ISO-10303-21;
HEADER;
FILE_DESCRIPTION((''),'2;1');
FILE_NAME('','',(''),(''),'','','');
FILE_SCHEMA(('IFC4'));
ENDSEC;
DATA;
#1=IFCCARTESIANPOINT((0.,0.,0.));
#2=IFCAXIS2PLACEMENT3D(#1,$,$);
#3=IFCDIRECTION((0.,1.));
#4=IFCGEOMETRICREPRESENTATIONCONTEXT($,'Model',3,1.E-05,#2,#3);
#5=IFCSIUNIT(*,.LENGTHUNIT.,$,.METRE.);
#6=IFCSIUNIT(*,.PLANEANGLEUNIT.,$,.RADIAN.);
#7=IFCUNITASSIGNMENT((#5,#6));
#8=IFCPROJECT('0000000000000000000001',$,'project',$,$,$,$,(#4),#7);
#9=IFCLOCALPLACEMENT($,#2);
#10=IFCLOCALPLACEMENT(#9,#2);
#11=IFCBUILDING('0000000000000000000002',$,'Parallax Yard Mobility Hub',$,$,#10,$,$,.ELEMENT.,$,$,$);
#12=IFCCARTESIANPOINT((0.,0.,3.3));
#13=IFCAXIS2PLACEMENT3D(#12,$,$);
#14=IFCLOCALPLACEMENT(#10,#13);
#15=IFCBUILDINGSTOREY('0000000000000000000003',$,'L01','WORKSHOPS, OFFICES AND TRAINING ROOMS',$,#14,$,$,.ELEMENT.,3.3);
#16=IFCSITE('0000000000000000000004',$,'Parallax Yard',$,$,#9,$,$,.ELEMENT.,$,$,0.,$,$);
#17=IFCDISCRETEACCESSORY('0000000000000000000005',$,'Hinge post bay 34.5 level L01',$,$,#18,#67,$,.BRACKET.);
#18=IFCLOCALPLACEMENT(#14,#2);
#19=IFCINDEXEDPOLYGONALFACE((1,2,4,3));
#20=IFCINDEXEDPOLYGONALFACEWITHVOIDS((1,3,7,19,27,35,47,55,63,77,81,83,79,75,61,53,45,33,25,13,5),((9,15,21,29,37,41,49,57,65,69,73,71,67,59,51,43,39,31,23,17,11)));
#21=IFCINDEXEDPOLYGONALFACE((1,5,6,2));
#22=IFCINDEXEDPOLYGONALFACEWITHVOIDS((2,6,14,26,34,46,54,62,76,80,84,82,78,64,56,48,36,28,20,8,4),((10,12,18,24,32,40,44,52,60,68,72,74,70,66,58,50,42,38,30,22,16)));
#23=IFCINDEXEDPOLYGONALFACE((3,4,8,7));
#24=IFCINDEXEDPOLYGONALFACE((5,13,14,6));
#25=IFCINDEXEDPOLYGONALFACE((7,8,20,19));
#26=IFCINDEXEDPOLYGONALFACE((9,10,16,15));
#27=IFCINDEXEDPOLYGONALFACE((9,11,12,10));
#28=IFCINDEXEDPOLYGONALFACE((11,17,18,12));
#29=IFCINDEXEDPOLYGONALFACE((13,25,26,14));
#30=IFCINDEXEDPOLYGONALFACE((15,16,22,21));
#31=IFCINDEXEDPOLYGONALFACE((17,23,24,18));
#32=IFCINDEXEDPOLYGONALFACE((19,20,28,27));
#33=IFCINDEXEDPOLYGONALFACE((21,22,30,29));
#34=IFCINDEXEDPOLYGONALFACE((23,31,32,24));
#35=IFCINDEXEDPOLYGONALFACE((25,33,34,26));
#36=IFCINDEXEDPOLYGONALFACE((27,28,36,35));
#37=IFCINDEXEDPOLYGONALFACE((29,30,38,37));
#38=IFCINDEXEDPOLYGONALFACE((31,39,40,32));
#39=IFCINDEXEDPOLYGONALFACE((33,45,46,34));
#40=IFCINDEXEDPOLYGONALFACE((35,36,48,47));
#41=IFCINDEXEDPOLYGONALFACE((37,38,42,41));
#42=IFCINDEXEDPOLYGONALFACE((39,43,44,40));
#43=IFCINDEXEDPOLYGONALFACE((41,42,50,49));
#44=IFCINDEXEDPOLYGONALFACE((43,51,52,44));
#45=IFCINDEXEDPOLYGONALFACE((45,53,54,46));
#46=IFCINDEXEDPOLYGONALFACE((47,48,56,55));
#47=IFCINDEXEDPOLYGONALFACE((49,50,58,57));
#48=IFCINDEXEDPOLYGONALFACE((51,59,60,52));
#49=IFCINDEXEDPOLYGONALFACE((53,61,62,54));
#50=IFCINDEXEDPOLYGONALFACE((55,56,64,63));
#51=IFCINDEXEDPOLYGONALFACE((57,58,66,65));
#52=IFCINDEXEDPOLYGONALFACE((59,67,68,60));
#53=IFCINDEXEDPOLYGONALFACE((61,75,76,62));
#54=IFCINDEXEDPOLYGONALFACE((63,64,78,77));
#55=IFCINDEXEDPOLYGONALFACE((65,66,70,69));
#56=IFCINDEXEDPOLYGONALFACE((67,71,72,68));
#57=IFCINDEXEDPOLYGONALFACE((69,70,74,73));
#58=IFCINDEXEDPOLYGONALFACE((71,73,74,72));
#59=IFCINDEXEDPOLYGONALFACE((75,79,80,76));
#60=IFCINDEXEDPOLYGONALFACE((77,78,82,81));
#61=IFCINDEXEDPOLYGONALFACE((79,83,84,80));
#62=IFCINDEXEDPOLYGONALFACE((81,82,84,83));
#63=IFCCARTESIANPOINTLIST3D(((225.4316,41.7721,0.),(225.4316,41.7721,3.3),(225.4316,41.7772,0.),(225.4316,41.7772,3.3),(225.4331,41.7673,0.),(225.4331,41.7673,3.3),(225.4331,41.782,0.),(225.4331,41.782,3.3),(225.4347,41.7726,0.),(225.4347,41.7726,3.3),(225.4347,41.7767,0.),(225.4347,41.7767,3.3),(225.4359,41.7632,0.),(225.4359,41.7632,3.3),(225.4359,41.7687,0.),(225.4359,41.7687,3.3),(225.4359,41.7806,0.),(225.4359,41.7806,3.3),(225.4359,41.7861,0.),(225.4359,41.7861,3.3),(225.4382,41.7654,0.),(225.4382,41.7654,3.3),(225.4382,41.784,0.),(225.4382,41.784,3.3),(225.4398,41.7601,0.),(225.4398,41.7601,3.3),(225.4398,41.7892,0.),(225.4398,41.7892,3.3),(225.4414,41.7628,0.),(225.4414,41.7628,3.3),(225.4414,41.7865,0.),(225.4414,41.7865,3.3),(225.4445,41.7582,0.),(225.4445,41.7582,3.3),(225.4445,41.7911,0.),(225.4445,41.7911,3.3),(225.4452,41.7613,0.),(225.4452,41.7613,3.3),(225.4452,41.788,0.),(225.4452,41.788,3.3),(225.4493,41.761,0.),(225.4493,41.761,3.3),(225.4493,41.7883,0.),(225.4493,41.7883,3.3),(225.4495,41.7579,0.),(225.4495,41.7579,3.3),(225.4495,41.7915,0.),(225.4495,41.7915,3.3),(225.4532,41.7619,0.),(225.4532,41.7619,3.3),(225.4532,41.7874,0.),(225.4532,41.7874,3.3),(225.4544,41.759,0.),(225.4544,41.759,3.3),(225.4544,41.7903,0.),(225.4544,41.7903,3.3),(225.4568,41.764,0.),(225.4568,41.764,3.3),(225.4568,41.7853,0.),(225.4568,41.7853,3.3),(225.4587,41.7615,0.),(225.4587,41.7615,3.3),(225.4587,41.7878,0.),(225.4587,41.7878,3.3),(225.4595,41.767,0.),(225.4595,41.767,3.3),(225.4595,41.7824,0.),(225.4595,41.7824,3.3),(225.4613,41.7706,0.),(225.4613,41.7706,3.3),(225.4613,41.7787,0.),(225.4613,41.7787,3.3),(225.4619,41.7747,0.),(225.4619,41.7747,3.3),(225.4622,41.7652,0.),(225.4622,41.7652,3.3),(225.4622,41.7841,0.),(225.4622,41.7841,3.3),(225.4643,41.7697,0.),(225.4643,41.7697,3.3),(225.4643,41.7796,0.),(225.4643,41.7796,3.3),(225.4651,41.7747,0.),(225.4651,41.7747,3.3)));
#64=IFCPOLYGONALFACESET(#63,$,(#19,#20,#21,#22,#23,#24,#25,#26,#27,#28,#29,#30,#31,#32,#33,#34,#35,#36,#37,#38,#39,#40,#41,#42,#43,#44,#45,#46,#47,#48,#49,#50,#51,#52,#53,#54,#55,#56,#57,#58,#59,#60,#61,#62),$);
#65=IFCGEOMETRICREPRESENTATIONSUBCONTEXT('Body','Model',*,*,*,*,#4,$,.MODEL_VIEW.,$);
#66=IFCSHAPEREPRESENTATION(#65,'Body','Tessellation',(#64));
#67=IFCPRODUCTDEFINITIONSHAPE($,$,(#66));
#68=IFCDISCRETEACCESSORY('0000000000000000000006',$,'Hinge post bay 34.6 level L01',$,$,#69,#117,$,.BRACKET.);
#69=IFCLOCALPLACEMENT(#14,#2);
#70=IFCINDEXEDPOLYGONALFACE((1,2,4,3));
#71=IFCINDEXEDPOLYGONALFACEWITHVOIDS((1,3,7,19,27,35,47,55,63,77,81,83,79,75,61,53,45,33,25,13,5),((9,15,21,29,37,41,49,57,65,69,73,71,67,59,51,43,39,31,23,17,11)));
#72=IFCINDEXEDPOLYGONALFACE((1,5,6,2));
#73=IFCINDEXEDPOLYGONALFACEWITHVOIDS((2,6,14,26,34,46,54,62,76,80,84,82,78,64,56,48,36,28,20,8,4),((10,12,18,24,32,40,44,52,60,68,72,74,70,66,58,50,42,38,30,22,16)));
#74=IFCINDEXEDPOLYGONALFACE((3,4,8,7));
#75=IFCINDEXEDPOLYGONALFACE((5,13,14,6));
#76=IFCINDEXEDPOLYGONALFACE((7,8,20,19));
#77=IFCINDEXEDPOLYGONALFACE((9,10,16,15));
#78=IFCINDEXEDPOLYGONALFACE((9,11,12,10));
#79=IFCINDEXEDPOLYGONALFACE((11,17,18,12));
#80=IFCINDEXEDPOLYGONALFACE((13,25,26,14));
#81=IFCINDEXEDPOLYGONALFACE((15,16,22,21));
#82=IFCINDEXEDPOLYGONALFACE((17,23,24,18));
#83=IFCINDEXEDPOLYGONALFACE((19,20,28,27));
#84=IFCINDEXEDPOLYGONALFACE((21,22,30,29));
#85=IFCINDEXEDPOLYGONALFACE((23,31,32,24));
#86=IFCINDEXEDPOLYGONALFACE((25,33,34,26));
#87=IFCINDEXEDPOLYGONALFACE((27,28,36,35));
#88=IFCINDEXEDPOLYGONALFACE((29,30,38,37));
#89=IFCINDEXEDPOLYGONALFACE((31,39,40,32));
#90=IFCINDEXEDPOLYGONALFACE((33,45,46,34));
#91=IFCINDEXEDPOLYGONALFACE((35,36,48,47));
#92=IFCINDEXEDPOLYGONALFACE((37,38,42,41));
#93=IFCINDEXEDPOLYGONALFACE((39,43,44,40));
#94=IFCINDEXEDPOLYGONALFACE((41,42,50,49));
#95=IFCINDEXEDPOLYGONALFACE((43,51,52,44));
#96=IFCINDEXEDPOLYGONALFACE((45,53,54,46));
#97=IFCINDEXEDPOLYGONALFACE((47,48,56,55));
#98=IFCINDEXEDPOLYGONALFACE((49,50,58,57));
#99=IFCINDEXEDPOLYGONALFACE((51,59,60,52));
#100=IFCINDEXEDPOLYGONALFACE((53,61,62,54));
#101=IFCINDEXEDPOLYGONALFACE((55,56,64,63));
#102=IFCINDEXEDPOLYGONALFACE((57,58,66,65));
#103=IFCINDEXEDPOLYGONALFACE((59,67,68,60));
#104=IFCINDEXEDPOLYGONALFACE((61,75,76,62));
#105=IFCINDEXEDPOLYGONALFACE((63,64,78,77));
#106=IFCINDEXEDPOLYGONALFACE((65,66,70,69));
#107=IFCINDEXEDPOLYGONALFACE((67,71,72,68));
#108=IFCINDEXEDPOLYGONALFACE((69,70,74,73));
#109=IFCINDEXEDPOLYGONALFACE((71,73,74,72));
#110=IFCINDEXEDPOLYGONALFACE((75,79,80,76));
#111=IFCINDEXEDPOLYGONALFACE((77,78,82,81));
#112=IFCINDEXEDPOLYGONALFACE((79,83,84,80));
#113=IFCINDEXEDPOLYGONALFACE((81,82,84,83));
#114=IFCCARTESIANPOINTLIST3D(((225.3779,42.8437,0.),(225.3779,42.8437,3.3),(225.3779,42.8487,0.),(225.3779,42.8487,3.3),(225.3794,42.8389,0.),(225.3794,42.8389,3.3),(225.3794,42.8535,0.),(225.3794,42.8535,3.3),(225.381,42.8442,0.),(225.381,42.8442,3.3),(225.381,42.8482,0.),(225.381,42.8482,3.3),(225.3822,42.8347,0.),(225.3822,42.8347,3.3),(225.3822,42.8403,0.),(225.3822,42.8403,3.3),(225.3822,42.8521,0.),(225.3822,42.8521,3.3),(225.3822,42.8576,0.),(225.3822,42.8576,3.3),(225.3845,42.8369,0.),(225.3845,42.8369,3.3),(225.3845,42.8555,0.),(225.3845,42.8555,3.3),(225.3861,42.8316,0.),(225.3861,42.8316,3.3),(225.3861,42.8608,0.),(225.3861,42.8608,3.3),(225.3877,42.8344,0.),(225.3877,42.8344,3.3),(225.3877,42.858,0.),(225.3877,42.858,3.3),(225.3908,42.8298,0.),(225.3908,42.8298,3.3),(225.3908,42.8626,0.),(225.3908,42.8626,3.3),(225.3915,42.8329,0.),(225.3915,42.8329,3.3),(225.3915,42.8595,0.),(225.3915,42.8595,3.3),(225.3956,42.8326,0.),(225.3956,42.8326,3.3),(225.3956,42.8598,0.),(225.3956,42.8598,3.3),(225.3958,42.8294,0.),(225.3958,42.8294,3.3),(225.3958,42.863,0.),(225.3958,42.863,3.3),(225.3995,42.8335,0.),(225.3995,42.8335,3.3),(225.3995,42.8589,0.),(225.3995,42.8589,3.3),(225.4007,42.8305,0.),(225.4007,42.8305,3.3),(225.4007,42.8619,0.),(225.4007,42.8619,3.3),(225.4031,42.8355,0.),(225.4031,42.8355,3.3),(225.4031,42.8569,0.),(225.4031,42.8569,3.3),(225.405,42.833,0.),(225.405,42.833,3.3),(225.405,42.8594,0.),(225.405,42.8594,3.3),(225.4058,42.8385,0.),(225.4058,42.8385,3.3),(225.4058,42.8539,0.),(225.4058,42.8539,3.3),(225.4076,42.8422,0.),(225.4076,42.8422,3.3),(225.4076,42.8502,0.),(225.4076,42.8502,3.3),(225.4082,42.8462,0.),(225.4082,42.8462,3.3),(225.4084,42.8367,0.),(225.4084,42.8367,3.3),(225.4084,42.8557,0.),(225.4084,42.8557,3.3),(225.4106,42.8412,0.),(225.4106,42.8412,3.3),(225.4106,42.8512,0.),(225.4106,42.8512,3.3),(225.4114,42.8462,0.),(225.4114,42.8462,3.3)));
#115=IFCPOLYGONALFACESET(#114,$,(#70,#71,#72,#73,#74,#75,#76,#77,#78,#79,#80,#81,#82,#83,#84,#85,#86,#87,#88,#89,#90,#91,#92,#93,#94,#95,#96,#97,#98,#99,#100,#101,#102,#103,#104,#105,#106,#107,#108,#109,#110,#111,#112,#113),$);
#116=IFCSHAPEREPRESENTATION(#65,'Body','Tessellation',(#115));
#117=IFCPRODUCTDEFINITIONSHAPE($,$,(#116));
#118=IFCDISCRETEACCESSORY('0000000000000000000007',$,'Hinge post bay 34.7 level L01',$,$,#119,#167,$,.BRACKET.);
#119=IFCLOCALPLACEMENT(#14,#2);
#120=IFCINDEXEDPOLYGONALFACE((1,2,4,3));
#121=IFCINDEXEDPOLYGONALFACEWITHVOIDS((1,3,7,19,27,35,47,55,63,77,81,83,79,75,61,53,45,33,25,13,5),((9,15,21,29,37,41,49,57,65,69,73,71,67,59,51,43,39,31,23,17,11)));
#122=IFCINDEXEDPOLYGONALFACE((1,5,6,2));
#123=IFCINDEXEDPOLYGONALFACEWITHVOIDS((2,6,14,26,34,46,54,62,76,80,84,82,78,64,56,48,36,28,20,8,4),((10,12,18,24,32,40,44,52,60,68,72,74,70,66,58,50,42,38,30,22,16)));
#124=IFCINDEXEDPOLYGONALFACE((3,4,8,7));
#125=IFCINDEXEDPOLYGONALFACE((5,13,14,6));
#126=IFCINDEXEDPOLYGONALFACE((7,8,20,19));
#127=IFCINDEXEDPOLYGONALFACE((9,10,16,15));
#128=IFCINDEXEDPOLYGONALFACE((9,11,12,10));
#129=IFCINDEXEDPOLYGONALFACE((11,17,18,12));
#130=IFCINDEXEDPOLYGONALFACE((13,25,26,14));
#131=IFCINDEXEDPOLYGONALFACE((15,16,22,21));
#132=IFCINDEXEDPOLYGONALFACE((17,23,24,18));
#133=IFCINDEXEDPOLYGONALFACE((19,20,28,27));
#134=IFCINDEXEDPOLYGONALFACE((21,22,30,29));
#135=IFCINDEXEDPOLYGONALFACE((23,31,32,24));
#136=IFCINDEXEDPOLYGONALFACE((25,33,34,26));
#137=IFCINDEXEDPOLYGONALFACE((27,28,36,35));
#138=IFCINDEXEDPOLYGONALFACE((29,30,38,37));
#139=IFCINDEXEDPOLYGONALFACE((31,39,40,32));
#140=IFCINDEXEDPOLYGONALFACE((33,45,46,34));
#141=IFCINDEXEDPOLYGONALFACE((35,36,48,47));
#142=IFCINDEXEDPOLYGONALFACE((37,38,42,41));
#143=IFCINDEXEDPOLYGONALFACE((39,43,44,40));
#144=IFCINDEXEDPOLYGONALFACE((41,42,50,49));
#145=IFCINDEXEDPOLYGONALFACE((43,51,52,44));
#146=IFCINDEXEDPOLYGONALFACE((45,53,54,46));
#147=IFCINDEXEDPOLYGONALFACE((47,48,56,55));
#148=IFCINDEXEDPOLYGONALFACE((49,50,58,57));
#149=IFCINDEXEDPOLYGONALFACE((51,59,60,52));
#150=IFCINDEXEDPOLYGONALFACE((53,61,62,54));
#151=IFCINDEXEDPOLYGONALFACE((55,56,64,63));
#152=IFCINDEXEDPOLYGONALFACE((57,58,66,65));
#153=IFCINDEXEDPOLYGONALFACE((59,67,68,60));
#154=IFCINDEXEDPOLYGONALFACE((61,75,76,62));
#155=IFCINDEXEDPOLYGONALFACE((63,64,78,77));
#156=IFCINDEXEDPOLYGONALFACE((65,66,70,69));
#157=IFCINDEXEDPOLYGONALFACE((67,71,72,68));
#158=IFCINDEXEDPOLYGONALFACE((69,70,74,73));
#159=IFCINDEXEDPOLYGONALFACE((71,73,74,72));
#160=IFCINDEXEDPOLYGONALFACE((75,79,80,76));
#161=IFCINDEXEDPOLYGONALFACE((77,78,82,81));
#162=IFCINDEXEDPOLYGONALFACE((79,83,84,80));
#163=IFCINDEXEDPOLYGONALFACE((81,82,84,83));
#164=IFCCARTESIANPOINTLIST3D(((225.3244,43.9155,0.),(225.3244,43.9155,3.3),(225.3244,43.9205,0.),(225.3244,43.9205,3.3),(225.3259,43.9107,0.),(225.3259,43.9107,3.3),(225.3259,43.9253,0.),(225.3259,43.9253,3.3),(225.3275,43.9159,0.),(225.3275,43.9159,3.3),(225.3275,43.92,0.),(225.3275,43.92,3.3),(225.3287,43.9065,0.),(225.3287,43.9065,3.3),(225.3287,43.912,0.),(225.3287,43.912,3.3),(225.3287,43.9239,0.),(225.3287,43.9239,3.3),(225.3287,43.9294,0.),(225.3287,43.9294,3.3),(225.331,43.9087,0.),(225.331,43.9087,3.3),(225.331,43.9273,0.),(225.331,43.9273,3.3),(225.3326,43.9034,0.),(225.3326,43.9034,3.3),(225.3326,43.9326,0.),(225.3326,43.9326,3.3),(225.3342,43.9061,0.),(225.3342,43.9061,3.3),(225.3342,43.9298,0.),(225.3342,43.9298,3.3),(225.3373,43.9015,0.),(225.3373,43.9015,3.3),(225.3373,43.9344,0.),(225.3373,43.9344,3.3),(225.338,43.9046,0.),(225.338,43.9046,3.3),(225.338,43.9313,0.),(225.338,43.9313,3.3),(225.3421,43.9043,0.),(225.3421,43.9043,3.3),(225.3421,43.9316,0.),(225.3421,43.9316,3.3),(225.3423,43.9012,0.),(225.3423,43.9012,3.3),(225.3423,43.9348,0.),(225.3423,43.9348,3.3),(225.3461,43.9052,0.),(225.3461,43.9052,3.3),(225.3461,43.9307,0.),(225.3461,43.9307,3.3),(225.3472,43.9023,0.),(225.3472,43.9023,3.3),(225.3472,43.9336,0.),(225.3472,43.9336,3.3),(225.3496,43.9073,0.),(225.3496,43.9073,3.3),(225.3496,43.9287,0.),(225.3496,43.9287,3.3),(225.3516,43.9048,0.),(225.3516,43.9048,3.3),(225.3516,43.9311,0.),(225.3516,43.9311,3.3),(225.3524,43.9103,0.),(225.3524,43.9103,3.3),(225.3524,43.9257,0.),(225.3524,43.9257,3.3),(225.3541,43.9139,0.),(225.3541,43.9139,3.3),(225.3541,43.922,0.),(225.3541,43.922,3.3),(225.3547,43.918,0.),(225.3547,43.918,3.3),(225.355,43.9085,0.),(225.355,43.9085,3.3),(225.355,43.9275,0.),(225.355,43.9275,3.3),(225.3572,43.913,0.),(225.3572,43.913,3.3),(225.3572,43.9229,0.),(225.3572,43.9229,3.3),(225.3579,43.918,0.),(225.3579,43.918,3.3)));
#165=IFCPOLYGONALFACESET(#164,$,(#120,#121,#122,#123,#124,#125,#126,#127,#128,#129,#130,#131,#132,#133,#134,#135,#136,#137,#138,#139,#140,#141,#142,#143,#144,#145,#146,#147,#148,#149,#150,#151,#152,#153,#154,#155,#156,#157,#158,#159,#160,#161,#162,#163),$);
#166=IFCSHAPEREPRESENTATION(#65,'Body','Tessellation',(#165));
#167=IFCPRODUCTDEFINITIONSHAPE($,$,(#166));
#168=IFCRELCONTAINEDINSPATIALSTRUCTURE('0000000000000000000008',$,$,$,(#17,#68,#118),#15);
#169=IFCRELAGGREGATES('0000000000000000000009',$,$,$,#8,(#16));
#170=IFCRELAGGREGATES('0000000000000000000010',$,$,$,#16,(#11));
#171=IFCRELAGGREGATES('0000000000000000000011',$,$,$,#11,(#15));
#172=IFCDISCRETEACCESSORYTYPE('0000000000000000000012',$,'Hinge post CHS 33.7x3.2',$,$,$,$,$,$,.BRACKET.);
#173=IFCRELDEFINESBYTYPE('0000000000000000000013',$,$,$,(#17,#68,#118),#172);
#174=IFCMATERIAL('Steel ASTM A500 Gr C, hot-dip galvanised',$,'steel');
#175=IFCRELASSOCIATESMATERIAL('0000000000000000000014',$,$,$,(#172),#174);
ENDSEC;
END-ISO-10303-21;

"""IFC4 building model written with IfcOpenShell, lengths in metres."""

from ifc_helpers import new_model, si_unit, direction, frame, origin, origin_2d, place, context, subcontext, project, spatial, hollow_circle, extrude, material, material_profile, profile_set, type_object, element, save


model = new_model("IFC4")

# Units and contexts
model_context = context("Model", 3, precision=1e-05, world=origin(), true_north=direction((0.0, 1.0)))
body_context = subcontext(model_context, "Body", "Model", "MODEL_VIEW")
ifc_project = project(units=[si_unit("LENGTHUNIT", "METRE"), si_unit("PLANEANGLEUNIT", "RADIAN")], contexts=[model_context])

# Site, building, storey
site_placement = place(None, origin())
site = spatial("IfcSite", under=ifc_project, at=site_placement, Name="Parallax Yard", CompositionType="ELEMENT", RefElevation=0.0)
building_placement = place(site_placement, origin())
building = spatial("IfcBuilding", under=site, at=building_placement, Name="Parallax Yard Mobility Hub", CompositionType="ELEMENT")
storey_placement = place(building_placement, frame((0.0, 0.0, 3.3)))
storey = spatial("IfcBuildingStorey", under=building, at=storey_placement, Name="L01", Description="WORKSHOPS, OFFICES AND TRAINING ROOMS", CompositionType="ELEMENT", Elevation=3.3)

# Discrete accessories
ifc_material_1 = material(Name="Steel ASTM A500 Gr C, hot-dip galvanised", Category="steel")
ifc_material_profile_1 = material_profile(ifc_material_1, hollow_circle(Radius=0.0168, WallThickness=0.0032, at=origin_2d()), Name="CHS 33.7x3.2")
ifc_profile_set_1 = profile_set([ifc_material_profile_1], Name="Steel ASTM A500 Gr C, hot-dip galvanised")
discrete_accessory_type_1 = type_object("IfcDiscreteAccessoryType", Name="Hinge post CHS 33.7x3.2", PredefinedType="BRACKET", material=ifc_profile_set_1)
for number, where, z_axis, x_axis, name in (
    (1, (225.4482, 41.7747, 0.0), (0.0, 0.0, 1.0), (1.0, 0.0, 0.0), "Hinge post bay 34.5 level L01"),
    (2, (225.3945, 42.8462, 0.0), (0.0, 0.0, 1.0), (1.0, 0.0, 0.0), "Hinge post bay 34.6 level L01"),
    (3, (225.3411, 43.918, 0.0), (0.0, 0.0, 1.0), (1.0, 0.0, 0.0), "Hinge post bay 34.7 level L01"),
):
    element("IfcDiscreteAccessory", number, at=place(storey_placement, frame(where, z_axis=z_axis, x_axis=x_axis)), inside=storey, type_object=discrete_accessory_type_1, Name=name, PredefinedType="BRACKET", context=body_context, shape_type="SweptSolid", body=[
        extrude(hollow_circle(Radius=0.0168, WallThickness=0.0032, at=origin_2d()), origin(), (0.0, 0.0, 1.0), 3.3),
    ])

save(model, "model.ifc")
